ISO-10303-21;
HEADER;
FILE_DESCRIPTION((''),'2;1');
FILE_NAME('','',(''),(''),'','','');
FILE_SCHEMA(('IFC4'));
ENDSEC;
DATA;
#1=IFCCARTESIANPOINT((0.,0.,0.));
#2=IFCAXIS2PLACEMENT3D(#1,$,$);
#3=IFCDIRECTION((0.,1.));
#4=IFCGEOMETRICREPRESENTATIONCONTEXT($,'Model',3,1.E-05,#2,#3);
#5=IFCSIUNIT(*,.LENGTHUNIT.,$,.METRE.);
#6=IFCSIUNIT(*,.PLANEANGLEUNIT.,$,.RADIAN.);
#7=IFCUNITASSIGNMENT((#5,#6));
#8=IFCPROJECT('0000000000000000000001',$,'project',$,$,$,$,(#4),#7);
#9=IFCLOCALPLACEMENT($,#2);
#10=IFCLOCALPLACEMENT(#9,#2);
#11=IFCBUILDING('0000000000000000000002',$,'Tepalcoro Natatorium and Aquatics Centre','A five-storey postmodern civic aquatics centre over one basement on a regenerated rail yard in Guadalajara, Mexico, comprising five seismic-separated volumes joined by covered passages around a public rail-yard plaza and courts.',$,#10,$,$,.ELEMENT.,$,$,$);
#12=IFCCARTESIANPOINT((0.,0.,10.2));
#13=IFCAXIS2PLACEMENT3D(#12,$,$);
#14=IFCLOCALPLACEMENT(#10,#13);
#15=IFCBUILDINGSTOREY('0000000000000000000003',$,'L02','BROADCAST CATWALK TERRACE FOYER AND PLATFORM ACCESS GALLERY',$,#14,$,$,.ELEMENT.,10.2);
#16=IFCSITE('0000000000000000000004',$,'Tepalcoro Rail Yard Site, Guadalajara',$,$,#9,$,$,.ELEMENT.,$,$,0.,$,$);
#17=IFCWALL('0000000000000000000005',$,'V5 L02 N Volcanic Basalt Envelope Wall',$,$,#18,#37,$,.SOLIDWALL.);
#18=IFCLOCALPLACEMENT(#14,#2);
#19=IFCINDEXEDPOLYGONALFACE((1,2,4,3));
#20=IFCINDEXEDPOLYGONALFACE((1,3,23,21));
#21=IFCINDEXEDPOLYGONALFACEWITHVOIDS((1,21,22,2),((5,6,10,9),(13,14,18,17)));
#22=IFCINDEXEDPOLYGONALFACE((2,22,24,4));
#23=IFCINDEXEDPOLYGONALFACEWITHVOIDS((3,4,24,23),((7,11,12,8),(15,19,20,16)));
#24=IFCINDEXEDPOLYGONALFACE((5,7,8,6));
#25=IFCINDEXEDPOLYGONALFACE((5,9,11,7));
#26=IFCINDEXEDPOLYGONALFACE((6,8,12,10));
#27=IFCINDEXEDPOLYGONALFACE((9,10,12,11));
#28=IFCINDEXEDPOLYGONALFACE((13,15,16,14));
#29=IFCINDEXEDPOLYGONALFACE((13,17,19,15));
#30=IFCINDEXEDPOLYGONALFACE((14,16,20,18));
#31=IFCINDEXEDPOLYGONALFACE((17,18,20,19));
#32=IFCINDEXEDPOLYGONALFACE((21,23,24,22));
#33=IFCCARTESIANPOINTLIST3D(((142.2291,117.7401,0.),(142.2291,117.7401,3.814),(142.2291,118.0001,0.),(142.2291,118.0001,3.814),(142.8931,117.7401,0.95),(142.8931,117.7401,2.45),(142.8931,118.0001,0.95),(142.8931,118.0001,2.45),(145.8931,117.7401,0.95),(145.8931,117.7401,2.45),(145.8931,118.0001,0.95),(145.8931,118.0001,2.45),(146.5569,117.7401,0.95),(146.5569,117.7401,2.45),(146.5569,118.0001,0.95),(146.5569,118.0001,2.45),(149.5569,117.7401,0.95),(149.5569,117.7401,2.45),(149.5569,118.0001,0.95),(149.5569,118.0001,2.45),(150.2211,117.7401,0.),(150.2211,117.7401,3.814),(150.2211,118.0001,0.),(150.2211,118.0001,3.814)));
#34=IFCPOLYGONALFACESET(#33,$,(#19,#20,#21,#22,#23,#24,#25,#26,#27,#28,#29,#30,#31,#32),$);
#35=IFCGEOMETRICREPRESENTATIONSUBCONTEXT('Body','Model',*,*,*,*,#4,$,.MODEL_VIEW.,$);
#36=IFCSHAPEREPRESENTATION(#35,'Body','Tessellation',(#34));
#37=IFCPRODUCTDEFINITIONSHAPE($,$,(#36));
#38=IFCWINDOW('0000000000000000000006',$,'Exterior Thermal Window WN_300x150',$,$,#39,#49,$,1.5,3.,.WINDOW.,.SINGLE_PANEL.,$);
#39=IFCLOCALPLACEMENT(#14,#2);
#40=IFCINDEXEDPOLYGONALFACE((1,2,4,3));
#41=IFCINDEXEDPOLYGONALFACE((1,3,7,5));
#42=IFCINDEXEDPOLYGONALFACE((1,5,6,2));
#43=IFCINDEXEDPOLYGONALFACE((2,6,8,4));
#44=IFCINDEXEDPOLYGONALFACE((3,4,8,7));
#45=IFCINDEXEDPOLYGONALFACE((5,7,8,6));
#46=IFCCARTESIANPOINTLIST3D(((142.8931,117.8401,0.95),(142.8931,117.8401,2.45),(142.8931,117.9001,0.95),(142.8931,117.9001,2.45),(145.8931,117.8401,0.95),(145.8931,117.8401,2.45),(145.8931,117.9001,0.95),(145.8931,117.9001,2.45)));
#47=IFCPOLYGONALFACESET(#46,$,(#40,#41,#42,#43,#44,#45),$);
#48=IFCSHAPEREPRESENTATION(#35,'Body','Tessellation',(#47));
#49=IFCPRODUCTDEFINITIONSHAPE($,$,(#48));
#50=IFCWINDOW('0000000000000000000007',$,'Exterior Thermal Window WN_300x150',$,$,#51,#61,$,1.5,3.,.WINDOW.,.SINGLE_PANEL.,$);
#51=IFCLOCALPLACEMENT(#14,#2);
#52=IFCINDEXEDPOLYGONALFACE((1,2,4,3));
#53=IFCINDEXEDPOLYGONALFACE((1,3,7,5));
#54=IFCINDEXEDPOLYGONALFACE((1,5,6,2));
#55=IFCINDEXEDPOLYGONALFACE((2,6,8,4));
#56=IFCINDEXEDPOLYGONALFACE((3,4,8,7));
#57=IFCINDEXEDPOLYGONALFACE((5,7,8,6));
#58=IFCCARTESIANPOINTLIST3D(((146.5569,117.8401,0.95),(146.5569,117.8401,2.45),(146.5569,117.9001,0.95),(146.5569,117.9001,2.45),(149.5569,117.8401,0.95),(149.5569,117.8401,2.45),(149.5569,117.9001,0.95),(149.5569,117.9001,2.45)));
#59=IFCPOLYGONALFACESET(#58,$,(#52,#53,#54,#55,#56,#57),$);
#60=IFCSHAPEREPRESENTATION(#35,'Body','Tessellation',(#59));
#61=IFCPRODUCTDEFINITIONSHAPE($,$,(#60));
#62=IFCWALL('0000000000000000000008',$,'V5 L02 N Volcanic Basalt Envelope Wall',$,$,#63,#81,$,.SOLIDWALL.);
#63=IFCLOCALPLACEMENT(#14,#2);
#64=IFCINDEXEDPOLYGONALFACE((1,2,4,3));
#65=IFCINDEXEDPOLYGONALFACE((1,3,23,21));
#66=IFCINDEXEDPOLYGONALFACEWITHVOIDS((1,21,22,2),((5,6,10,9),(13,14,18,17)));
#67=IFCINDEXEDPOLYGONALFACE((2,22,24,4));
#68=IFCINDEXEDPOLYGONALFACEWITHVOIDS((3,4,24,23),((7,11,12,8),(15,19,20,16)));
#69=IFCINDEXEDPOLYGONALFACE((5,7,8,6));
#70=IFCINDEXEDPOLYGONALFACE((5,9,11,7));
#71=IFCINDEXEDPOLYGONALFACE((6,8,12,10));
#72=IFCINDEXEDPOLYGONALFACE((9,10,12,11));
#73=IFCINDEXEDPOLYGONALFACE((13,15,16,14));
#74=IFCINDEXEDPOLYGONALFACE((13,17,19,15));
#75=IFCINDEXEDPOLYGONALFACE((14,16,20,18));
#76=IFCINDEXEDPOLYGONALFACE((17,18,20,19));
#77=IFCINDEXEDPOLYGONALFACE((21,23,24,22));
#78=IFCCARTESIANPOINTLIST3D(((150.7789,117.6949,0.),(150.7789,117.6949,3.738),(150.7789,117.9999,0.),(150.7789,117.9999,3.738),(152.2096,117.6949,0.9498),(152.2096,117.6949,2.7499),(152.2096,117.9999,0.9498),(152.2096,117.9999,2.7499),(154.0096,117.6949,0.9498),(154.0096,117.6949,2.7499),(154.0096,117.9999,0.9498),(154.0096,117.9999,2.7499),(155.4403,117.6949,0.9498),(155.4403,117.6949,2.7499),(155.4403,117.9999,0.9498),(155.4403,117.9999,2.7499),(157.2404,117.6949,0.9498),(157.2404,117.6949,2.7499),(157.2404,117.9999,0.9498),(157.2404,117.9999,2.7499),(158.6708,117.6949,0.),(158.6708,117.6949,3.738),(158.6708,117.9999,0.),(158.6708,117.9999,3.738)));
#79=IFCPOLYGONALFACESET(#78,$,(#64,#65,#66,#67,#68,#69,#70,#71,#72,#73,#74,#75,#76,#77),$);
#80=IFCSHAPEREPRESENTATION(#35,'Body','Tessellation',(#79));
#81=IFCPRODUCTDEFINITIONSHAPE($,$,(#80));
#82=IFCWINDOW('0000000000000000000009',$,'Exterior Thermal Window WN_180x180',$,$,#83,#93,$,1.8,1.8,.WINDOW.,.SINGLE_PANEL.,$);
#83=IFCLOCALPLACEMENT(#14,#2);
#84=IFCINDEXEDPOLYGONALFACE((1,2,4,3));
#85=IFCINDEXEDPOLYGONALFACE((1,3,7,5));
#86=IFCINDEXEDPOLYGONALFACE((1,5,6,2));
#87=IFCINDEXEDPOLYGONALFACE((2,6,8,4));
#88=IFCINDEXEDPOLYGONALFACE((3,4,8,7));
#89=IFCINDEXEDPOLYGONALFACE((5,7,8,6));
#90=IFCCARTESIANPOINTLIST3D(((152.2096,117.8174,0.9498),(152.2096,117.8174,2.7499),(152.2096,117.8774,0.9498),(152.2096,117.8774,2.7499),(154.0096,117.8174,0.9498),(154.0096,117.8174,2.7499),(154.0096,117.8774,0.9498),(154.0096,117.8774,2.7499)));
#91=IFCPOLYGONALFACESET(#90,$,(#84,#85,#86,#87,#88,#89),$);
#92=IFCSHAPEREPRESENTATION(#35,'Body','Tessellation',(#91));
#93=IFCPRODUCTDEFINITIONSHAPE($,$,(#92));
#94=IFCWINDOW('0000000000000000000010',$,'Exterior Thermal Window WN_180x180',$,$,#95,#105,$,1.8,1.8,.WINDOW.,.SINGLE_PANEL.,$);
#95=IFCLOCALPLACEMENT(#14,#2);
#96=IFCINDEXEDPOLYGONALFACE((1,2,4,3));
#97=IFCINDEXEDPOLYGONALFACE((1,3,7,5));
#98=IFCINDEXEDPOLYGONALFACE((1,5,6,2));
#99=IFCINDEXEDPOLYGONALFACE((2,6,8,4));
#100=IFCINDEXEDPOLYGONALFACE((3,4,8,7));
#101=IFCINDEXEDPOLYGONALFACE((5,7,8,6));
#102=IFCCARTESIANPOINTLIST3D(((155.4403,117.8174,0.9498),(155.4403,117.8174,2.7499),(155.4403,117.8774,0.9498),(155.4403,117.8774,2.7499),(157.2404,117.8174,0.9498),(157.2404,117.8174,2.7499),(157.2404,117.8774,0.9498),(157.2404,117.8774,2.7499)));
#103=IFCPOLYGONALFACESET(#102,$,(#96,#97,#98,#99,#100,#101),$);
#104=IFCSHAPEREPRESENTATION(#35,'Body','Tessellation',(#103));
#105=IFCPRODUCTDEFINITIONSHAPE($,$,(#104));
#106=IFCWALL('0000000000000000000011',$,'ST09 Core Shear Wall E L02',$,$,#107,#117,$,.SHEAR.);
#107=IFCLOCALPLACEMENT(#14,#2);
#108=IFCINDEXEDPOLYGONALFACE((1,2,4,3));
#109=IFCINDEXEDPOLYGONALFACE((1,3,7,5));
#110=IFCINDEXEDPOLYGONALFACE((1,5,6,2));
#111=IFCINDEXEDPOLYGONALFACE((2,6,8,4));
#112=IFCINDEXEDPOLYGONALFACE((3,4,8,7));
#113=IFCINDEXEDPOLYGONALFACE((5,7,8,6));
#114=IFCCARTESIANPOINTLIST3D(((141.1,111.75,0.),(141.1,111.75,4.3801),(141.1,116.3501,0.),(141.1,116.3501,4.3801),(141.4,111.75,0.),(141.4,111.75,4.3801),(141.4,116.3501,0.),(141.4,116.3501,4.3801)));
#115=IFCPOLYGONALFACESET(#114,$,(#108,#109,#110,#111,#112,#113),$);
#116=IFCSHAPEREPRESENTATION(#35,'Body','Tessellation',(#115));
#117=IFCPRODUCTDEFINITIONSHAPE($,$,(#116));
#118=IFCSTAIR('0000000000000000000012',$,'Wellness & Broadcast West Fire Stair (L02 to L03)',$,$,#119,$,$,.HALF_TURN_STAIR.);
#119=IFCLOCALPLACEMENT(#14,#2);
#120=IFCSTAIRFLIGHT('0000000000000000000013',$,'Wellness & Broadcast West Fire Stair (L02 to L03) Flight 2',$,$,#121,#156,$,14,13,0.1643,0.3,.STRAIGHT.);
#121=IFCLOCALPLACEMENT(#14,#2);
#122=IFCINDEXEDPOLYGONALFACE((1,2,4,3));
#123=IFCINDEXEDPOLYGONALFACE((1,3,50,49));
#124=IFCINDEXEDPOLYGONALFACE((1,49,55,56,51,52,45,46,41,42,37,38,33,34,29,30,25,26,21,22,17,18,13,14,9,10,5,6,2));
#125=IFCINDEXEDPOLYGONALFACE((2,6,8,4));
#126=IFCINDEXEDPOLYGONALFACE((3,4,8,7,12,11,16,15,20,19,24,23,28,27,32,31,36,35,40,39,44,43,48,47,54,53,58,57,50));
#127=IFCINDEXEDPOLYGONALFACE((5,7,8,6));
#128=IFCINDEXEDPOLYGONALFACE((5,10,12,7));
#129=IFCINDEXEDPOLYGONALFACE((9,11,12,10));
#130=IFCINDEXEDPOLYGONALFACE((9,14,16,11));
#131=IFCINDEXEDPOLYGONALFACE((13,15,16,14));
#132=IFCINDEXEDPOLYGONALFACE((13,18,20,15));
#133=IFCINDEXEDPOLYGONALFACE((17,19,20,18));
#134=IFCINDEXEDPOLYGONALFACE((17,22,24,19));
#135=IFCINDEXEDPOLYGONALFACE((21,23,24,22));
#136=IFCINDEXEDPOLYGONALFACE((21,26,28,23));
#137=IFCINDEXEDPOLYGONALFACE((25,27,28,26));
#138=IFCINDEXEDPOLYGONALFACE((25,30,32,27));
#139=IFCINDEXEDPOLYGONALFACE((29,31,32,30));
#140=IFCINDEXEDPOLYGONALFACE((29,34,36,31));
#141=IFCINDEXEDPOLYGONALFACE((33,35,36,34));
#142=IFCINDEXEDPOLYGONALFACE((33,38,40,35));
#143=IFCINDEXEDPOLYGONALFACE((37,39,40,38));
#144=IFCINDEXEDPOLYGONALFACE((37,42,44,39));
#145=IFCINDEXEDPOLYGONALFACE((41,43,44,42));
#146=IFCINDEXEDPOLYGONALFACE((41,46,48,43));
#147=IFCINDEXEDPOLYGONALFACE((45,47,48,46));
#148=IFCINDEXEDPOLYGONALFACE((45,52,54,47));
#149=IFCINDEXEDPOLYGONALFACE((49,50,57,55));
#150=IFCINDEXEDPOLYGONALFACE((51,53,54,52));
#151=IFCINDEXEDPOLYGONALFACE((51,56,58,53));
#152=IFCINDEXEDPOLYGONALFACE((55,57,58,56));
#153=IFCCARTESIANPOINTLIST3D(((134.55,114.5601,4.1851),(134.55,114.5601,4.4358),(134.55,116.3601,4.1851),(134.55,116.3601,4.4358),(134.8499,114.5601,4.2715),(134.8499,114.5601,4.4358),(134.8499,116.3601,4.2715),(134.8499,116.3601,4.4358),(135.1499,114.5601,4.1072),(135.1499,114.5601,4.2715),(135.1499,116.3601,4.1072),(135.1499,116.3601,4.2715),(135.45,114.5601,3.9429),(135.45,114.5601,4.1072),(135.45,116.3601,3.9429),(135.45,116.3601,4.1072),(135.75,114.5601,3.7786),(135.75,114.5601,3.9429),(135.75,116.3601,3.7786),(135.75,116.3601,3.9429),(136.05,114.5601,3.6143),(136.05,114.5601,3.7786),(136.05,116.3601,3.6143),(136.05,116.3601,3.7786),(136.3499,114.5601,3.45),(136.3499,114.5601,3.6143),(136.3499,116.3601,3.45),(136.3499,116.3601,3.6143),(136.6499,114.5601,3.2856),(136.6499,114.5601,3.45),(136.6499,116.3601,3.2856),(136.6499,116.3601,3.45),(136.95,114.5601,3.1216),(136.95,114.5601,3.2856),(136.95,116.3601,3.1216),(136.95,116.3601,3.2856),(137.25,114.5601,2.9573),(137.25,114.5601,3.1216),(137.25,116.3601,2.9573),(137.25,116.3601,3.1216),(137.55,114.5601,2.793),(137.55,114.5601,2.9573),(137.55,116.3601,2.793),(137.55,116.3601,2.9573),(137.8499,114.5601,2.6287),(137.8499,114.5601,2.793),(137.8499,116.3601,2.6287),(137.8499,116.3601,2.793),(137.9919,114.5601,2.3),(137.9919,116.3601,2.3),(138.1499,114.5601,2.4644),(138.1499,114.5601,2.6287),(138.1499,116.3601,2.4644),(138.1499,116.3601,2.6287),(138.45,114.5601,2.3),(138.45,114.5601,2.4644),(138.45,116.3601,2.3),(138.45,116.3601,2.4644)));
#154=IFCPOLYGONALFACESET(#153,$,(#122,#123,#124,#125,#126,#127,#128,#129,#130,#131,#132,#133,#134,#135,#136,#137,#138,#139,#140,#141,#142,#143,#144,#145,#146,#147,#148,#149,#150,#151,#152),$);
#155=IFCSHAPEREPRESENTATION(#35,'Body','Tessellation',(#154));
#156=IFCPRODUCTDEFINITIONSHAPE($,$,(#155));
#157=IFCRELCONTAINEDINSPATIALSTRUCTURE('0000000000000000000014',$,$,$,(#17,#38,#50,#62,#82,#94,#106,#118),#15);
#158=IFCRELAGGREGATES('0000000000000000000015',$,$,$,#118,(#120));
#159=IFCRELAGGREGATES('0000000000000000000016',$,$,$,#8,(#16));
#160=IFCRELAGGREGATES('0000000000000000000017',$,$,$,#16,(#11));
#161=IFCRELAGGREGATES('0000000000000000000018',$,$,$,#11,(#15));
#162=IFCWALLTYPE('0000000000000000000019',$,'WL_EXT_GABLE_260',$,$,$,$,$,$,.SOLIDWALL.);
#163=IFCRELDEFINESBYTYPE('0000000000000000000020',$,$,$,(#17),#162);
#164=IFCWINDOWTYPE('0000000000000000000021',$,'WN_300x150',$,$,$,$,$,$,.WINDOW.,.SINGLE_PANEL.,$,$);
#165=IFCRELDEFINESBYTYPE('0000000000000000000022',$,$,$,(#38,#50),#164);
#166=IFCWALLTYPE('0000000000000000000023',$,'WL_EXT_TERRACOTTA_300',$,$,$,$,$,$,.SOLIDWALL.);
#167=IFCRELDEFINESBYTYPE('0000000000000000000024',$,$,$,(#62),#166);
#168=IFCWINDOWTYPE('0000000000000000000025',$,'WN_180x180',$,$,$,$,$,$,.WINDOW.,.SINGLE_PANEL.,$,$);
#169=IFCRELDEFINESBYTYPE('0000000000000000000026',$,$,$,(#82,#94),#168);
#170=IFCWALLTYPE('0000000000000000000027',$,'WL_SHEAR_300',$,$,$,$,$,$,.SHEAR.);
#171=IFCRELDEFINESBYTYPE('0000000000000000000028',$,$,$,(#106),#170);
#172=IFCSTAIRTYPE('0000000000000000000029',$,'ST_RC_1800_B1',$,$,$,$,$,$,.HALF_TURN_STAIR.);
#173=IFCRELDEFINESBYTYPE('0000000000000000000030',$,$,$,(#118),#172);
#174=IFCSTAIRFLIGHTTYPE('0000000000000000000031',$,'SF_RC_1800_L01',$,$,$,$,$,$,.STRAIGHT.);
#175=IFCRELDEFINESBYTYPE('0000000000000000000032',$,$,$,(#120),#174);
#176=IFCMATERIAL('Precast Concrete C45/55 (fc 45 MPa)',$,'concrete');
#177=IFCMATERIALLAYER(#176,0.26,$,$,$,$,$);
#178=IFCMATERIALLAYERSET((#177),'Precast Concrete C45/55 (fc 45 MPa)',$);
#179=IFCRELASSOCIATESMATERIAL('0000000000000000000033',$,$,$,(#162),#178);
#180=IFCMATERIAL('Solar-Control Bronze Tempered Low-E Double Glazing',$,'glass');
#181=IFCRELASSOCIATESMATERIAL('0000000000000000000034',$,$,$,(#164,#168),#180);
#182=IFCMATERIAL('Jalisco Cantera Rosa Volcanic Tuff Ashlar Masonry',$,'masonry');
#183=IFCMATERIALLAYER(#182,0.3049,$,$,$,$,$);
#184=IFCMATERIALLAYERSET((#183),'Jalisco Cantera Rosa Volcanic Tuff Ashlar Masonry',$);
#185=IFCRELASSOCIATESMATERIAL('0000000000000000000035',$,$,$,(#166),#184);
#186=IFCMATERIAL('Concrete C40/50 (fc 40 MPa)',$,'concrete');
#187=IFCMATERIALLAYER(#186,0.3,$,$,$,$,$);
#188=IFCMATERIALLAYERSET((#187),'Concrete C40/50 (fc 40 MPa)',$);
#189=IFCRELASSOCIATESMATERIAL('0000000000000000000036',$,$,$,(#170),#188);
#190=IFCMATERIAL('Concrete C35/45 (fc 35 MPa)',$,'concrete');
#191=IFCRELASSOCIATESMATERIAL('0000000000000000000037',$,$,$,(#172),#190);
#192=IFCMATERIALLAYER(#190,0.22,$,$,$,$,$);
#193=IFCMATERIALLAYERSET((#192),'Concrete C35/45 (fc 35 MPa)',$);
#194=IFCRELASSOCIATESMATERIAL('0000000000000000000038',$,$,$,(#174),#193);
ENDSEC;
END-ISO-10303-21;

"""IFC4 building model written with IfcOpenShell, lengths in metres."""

from ifc_helpers import new_model, si_unit, direction, frame, frame_2d, origin, place, context, subcontext, project, spatial, polyline, rectangle, outline, extrude, material, layer, layer_set, type_object, element, fill, aggregate, save


model = new_model("IFC4")

# Units and contexts
model_context = context("Model", 3, precision=1e-05, world=origin(), true_north=direction((0.0, 1.0)))
body_context = subcontext(model_context, "Body", "Model", "MODEL_VIEW")
ifc_project = project(units=[si_unit("LENGTHUNIT", "METRE"), si_unit("PLANEANGLEUNIT", "RADIAN")], contexts=[model_context])

# Site, building, storey
site_placement = place(None, origin())
site = spatial("IfcSite", under=ifc_project, at=site_placement, Name="Tepalcoro Rail Yard Site, Guadalajara", CompositionType="ELEMENT", RefElevation=0.0)
building_placement = place(site_placement, origin())
building = spatial("IfcBuilding", under=site, at=building_placement, Name="Tepalcoro Natatorium and Aquatics Centre", Description="A five-storey postmodern civic aquatics centre over one basement on a regenerated rail yard in Guadalajara, Mexico, comprising five seismic-separated volumes joined by covered passages around a public rail-yard plaza and courts.", CompositionType="ELEMENT")
storey_placement = place(building_placement, frame((0.0, 0.0, 10.2)))
storey = spatial("IfcBuildingStorey", under=building, at=storey_placement, Name="L02", Description="BROADCAST CATWALK TERRACE FOYER AND PLATFORM ACCESS GALLERY", CompositionType="ELEMENT", Elevation=10.2)

# Shared definitions
ifc_material_1 = material(Name="Concrete C40/50 (fc 40 MPa)", Category="concrete")

# Shared definitions
ifc_material_2 = material(Name="Solar-Control Bronze Tempered Low-E Double Glazing", Category="glass")
ifc_material_3 = material(Name="Jalisco Cantera Rosa Volcanic Tuff Ashlar Masonry", Category="masonry")

# Walls, openings, windows
ifc_material_4 = material(Name="Precast Concrete C45/55 (fc 45 MPa)", Category="concrete")
ifc_layer_1 = layer(ifc_material_4, 0.26)
ifc_layer_set_1 = layer_set([ifc_layer_1], Name="Precast Concrete C45/55 (fc 45 MPa)")
wall_type_1 = type_object("IfcWallType", Name="WL_EXT_GABLE_260", PredefinedType="SOLIDWALL", material=ifc_layer_set_1)
wall_1_placement = place(storey_placement, frame((142.229, 117.8701, 0.0), z_axis=(0.0, 0.0, 1.0), x_axis=(1.0, 0.0, 0.0)))
wall_1 = element("IfcWall", 1, at=wall_1_placement, inside=storey, type_object=wall_type_1, Name="V5 L02 N Volcanic Basalt Envelope Wall", PredefinedType="SOLIDWALL", context=body_context, shape_type="SweptSolid", body=[
    extrude(rectangle(XDim=7.9919, YDim=0.26, at=frame_2d((3.9961, 0.0))), origin(), (0.0, 0.0, 1.0), 3.814),
])
opening_1_placement = place(wall_1_placement, frame((0.6641, 0.0, 0.95)))
opening_1 = element("IfcOpeningElement", 2, at=opening_1_placement, cuts=wall_1, PredefinedType="OPENING", context=body_context, shape_type="SweptSolid", body=[
    extrude(rectangle(XDim=3.0, YDim=1.5, at=frame_2d((1.5, 0.75))), frame((0.0, 0.1421, 0.0), z_axis=(0.0, -1.0, 0.0), x_axis=(1.0, 0.0, 0.0)), (0.0, 0.0, 1.0), 0.2839),
])
opening_2_placement = place(wall_1_placement, frame((4.3279, 0.0, 0.95)))
opening_2 = element("IfcOpeningElement", 3, at=opening_2_placement, cuts=wall_1, PredefinedType="OPENING", context=body_context, shape_type="SweptSolid", body=[
    extrude(rectangle(XDim=3.0, YDim=1.5, at=frame_2d((1.5, 0.75))), frame((0.0, 0.1421, 0.0), z_axis=(0.0, -1.0, 0.0), x_axis=(1.0, 0.0, 0.0)), (0.0, 0.0, 1.0), 0.2839),
])
window_type_1 = type_object("IfcWindowType", Name="WN_300x150", PartitioningType="SINGLE_PANEL", PredefinedType="WINDOW", material=ifc_material_2)
window_1_placement = place(opening_1_placement, origin())
window_1 = element("IfcWindow", 4, at=window_1_placement, inside=storey, type_object=window_type_1, Name="Exterior Thermal Window WN_300x150", OverallHeight=1.5, OverallWidth=3.0, PartitioningType="SINGLE_PANEL", PredefinedType="WINDOW", context=body_context, shape_type="SweptSolid", body=[
    extrude(rectangle(XDim=3.0, YDim=1.5, at=frame_2d((1.5, 0.75))), frame((0.0, 0.03, 0.0), z_axis=(0.0, -1.0, 0.0), x_axis=(1.0, 0.0, 0.0)), (0.0, 0.0, 1.0), 0.0601),
])
fill(opening_1, window_1)
window_2_placement = place(opening_2_placement, origin())
window_2 = element("IfcWindow", 5, at=window_2_placement, inside=storey, type_object=window_type_1, Name="Exterior Thermal Window WN_300x150", OverallHeight=1.5, OverallWidth=3.0, PartitioningType="SINGLE_PANEL", PredefinedType="WINDOW", context=body_context, shape_type="SweptSolid", body=[
    extrude(rectangle(XDim=3.0, YDim=1.5, at=frame_2d((1.5, 0.75))), frame((0.0, 0.03, 0.0), z_axis=(0.0, -1.0, 0.0), x_axis=(1.0, 0.0, 0.0)), (0.0, 0.0, 1.0), 0.0601),
])
fill(opening_2, window_2)
ifc_layer_2 = layer(ifc_material_3, 0.3049)
ifc_layer_set_2 = layer_set([ifc_layer_2], Name="Jalisco Cantera Rosa Volcanic Tuff Ashlar Masonry")
wall_type_2 = type_object("IfcWallType", Name="WL_EXT_TERRACOTTA_300", PredefinedType="SOLIDWALL", material=ifc_layer_set_2)
wall_2_placement = place(storey_placement, frame((150.7791, 117.8474, 0.0), z_axis=(0.0, 0.0, 1.0), x_axis=(1.0, 0.0, 0.0)))
wall_2 = element("IfcWall", 6, at=wall_2_placement, inside=storey, type_object=wall_type_2, Name="V5 L02 N Volcanic Basalt Envelope Wall", PredefinedType="SOLIDWALL", context=body_context, shape_type="SweptSolid", body=[
    extrude(rectangle(XDim=7.8918, YDim=0.3049, at=frame_2d((3.9458, 0.0))), origin(), (0.0, 0.0, 1.0), 3.738),
])
opening_3_placement = place(wall_2_placement, frame((1.4307, 0.0, 0.95)))
opening_3 = element("IfcOpeningElement", 7, at=opening_3_placement, cuts=wall_2, PredefinedType="OPENING", context=body_context, shape_type="SweptSolid", body=[
    extrude(rectangle(XDim=1.8, YDim=1.8, at=frame_2d((0.8999, 0.8999))), frame((0.0, 0.1646, 0.0), z_axis=(0.0, -1.0, 0.0), x_axis=(1.0, 0.0, 0.0)), (0.0, 0.0, 1.0), 0.3289),
])
opening_4_placement = place(wall_2_placement, frame((4.6614, 0.0, 0.95)))
opening_4 = element("IfcOpeningElement", 8, at=opening_4_placement, cuts=wall_2, PredefinedType="OPENING", context=body_context, shape_type="SweptSolid", body=[
    extrude(rectangle(XDim=1.8, YDim=1.8, at=frame_2d((0.8999, 0.8999))), frame((0.0, 0.1646, 0.0), z_axis=(0.0, -1.0, 0.0), x_axis=(1.0, 0.0, 0.0)), (0.0, 0.0, 1.0), 0.3289),
])
window_type_2 = type_object("IfcWindowType", Name="WN_180x180", PartitioningType="SINGLE_PANEL", PredefinedType="WINDOW", material=ifc_material_2)
window_3_placement = place(opening_3_placement, origin())
window_3 = element("IfcWindow", 9, at=window_3_placement, inside=storey, type_object=window_type_2, Name="Exterior Thermal Window WN_180x180", OverallHeight=1.8, OverallWidth=1.8, PartitioningType="SINGLE_PANEL", PredefinedType="WINDOW", context=body_context, shape_type="SweptSolid", body=[
    extrude(rectangle(XDim=1.8, YDim=1.8, at=frame_2d((0.8999, 0.8999))), frame((0.0, 0.03, 0.0), z_axis=(0.0, -1.0, 0.0), x_axis=(1.0, 0.0, 0.0)), (0.0, 0.0, 1.0), 0.0601),
])
fill(opening_3, window_3)
window_4_placement = place(opening_4_placement, origin())
window_4 = element("IfcWindow", 10, at=window_4_placement, inside=storey, type_object=window_type_2, Name="Exterior Thermal Window WN_180x180", OverallHeight=1.8, OverallWidth=1.8, PartitioningType="SINGLE_PANEL", PredefinedType="WINDOW", context=body_context, shape_type="SweptSolid", body=[
    extrude(rectangle(XDim=1.8, YDim=1.8, at=frame_2d((0.8999, 0.8999))), frame((0.0, 0.03, 0.0), z_axis=(0.0, -1.0, 0.0), x_axis=(1.0, 0.0, 0.0)), (0.0, 0.0, 1.0), 0.0601),
])
fill(opening_4, window_4)

# Wall
ifc_layer_3 = layer(ifc_material_1, 0.3)
ifc_layer_set_3 = layer_set([ifc_layer_3], Name="Concrete C40/50 (fc 40 MPa)")
wall_type_3 = type_object("IfcWallType", Name="WL_SHEAR_300", PredefinedType="SHEAR", material=ifc_layer_set_3)
wall_3_placement = place(storey_placement, frame((141.25, 111.75, 0.0), z_axis=(0.0, 0.0, 1.0), x_axis=(0.0, 1.0, 0.0)))
element("IfcWall", 11, at=wall_3_placement, inside=storey, type_object=wall_type_3, Name="ST09 Core Shear Wall E L02", PredefinedType="SHEAR", context=body_context, shape_type="SweptSolid", body=[
    extrude(rectangle(XDim=4.6001, YDim=0.3, at=frame_2d((2.3, 0.0))), origin(), (0.0, 0.0, 1.0), 4.3801),
])
ifc_material_5 = material(Name="Concrete C35/45 (fc 35 MPa)", Category="concrete")

# Stair, stair flight
stair_type = type_object("IfcStairType", Name="ST_RC_1800_B1", PredefinedType="HALF_TURN_STAIR", material=ifc_material_5)
stair_placement = place(storey_placement, origin())
stair = element("IfcStair", 12, at=stair_placement, inside=storey, type_object=stair_type, Name="Wellness & Broadcast West Fire Stair (L02 to L03)", PredefinedType="HALF_TURN_STAIR")
ifc_layer_4 = layer(ifc_material_5, 0.22)
ifc_layer_set_4 = layer_set([ifc_layer_4], Name="Concrete C35/45 (fc 35 MPa)")
stair_flight_type = type_object("IfcStairFlightType", Name="SF_RC_1800_L01", PredefinedType="STRAIGHT", material=ifc_layer_set_4)
stair_flight_placement = place(storey_placement, frame((138.45, 115.46, 2.3), z_axis=(0.0, 0.0, 1.0), x_axis=(-1.0, 0.0, 0.0)))
stair_flight = element("IfcStairFlight", 13, at=stair_flight_placement, type_object=stair_flight_type, Name="Wellness & Broadcast West Fire Stair (L02 to L03) Flight 2", NumberOfRisers=14, NumberOfTreads=13, PredefinedType="STRAIGHT", RiserHeight=0.1643, TreadLength=0.3, context=body_context, shape_type="SweptSolid", body=[
    extrude(outline(polyline([(0.0, 0.0), (0.0, 0.1643), (0.3, 0.1643), (0.3, 0.3286), (0.6001, 0.3286), (0.6001, 0.4929), (0.8999, 0.4929), (0.8999, 0.6572), (1.2, 0.6572), (1.2, 0.8215), (1.5, 0.8215), (1.5, 0.9856), (1.8, 0.9856), (1.8, 1.1499), (2.1001, 1.1499), (2.1001, 1.3142), (2.3999, 1.3142), (2.3999, 1.4785), (2.7, 1.4785), (2.7, 1.6428), (3.0, 1.6428), (3.0, 1.8071), (3.3, 1.8071), (3.3, 1.9714), (3.6001, 1.9714), (3.6001, 2.1357), (3.8999, 2.1357), (3.8999, 2.3), (3.8999, 1.885), (0.458, 0.0), (0.0, 0.0)])), frame((0.0, 0.8999, 0.0), z_axis=(0.0, -1.0, 0.0), x_axis=(1.0, 0.0, 0.0)), (0.0, 0.0, 1.0), 1.8),
])
aggregate(stair, [stair_flight])

save(model, "model.ifc")
